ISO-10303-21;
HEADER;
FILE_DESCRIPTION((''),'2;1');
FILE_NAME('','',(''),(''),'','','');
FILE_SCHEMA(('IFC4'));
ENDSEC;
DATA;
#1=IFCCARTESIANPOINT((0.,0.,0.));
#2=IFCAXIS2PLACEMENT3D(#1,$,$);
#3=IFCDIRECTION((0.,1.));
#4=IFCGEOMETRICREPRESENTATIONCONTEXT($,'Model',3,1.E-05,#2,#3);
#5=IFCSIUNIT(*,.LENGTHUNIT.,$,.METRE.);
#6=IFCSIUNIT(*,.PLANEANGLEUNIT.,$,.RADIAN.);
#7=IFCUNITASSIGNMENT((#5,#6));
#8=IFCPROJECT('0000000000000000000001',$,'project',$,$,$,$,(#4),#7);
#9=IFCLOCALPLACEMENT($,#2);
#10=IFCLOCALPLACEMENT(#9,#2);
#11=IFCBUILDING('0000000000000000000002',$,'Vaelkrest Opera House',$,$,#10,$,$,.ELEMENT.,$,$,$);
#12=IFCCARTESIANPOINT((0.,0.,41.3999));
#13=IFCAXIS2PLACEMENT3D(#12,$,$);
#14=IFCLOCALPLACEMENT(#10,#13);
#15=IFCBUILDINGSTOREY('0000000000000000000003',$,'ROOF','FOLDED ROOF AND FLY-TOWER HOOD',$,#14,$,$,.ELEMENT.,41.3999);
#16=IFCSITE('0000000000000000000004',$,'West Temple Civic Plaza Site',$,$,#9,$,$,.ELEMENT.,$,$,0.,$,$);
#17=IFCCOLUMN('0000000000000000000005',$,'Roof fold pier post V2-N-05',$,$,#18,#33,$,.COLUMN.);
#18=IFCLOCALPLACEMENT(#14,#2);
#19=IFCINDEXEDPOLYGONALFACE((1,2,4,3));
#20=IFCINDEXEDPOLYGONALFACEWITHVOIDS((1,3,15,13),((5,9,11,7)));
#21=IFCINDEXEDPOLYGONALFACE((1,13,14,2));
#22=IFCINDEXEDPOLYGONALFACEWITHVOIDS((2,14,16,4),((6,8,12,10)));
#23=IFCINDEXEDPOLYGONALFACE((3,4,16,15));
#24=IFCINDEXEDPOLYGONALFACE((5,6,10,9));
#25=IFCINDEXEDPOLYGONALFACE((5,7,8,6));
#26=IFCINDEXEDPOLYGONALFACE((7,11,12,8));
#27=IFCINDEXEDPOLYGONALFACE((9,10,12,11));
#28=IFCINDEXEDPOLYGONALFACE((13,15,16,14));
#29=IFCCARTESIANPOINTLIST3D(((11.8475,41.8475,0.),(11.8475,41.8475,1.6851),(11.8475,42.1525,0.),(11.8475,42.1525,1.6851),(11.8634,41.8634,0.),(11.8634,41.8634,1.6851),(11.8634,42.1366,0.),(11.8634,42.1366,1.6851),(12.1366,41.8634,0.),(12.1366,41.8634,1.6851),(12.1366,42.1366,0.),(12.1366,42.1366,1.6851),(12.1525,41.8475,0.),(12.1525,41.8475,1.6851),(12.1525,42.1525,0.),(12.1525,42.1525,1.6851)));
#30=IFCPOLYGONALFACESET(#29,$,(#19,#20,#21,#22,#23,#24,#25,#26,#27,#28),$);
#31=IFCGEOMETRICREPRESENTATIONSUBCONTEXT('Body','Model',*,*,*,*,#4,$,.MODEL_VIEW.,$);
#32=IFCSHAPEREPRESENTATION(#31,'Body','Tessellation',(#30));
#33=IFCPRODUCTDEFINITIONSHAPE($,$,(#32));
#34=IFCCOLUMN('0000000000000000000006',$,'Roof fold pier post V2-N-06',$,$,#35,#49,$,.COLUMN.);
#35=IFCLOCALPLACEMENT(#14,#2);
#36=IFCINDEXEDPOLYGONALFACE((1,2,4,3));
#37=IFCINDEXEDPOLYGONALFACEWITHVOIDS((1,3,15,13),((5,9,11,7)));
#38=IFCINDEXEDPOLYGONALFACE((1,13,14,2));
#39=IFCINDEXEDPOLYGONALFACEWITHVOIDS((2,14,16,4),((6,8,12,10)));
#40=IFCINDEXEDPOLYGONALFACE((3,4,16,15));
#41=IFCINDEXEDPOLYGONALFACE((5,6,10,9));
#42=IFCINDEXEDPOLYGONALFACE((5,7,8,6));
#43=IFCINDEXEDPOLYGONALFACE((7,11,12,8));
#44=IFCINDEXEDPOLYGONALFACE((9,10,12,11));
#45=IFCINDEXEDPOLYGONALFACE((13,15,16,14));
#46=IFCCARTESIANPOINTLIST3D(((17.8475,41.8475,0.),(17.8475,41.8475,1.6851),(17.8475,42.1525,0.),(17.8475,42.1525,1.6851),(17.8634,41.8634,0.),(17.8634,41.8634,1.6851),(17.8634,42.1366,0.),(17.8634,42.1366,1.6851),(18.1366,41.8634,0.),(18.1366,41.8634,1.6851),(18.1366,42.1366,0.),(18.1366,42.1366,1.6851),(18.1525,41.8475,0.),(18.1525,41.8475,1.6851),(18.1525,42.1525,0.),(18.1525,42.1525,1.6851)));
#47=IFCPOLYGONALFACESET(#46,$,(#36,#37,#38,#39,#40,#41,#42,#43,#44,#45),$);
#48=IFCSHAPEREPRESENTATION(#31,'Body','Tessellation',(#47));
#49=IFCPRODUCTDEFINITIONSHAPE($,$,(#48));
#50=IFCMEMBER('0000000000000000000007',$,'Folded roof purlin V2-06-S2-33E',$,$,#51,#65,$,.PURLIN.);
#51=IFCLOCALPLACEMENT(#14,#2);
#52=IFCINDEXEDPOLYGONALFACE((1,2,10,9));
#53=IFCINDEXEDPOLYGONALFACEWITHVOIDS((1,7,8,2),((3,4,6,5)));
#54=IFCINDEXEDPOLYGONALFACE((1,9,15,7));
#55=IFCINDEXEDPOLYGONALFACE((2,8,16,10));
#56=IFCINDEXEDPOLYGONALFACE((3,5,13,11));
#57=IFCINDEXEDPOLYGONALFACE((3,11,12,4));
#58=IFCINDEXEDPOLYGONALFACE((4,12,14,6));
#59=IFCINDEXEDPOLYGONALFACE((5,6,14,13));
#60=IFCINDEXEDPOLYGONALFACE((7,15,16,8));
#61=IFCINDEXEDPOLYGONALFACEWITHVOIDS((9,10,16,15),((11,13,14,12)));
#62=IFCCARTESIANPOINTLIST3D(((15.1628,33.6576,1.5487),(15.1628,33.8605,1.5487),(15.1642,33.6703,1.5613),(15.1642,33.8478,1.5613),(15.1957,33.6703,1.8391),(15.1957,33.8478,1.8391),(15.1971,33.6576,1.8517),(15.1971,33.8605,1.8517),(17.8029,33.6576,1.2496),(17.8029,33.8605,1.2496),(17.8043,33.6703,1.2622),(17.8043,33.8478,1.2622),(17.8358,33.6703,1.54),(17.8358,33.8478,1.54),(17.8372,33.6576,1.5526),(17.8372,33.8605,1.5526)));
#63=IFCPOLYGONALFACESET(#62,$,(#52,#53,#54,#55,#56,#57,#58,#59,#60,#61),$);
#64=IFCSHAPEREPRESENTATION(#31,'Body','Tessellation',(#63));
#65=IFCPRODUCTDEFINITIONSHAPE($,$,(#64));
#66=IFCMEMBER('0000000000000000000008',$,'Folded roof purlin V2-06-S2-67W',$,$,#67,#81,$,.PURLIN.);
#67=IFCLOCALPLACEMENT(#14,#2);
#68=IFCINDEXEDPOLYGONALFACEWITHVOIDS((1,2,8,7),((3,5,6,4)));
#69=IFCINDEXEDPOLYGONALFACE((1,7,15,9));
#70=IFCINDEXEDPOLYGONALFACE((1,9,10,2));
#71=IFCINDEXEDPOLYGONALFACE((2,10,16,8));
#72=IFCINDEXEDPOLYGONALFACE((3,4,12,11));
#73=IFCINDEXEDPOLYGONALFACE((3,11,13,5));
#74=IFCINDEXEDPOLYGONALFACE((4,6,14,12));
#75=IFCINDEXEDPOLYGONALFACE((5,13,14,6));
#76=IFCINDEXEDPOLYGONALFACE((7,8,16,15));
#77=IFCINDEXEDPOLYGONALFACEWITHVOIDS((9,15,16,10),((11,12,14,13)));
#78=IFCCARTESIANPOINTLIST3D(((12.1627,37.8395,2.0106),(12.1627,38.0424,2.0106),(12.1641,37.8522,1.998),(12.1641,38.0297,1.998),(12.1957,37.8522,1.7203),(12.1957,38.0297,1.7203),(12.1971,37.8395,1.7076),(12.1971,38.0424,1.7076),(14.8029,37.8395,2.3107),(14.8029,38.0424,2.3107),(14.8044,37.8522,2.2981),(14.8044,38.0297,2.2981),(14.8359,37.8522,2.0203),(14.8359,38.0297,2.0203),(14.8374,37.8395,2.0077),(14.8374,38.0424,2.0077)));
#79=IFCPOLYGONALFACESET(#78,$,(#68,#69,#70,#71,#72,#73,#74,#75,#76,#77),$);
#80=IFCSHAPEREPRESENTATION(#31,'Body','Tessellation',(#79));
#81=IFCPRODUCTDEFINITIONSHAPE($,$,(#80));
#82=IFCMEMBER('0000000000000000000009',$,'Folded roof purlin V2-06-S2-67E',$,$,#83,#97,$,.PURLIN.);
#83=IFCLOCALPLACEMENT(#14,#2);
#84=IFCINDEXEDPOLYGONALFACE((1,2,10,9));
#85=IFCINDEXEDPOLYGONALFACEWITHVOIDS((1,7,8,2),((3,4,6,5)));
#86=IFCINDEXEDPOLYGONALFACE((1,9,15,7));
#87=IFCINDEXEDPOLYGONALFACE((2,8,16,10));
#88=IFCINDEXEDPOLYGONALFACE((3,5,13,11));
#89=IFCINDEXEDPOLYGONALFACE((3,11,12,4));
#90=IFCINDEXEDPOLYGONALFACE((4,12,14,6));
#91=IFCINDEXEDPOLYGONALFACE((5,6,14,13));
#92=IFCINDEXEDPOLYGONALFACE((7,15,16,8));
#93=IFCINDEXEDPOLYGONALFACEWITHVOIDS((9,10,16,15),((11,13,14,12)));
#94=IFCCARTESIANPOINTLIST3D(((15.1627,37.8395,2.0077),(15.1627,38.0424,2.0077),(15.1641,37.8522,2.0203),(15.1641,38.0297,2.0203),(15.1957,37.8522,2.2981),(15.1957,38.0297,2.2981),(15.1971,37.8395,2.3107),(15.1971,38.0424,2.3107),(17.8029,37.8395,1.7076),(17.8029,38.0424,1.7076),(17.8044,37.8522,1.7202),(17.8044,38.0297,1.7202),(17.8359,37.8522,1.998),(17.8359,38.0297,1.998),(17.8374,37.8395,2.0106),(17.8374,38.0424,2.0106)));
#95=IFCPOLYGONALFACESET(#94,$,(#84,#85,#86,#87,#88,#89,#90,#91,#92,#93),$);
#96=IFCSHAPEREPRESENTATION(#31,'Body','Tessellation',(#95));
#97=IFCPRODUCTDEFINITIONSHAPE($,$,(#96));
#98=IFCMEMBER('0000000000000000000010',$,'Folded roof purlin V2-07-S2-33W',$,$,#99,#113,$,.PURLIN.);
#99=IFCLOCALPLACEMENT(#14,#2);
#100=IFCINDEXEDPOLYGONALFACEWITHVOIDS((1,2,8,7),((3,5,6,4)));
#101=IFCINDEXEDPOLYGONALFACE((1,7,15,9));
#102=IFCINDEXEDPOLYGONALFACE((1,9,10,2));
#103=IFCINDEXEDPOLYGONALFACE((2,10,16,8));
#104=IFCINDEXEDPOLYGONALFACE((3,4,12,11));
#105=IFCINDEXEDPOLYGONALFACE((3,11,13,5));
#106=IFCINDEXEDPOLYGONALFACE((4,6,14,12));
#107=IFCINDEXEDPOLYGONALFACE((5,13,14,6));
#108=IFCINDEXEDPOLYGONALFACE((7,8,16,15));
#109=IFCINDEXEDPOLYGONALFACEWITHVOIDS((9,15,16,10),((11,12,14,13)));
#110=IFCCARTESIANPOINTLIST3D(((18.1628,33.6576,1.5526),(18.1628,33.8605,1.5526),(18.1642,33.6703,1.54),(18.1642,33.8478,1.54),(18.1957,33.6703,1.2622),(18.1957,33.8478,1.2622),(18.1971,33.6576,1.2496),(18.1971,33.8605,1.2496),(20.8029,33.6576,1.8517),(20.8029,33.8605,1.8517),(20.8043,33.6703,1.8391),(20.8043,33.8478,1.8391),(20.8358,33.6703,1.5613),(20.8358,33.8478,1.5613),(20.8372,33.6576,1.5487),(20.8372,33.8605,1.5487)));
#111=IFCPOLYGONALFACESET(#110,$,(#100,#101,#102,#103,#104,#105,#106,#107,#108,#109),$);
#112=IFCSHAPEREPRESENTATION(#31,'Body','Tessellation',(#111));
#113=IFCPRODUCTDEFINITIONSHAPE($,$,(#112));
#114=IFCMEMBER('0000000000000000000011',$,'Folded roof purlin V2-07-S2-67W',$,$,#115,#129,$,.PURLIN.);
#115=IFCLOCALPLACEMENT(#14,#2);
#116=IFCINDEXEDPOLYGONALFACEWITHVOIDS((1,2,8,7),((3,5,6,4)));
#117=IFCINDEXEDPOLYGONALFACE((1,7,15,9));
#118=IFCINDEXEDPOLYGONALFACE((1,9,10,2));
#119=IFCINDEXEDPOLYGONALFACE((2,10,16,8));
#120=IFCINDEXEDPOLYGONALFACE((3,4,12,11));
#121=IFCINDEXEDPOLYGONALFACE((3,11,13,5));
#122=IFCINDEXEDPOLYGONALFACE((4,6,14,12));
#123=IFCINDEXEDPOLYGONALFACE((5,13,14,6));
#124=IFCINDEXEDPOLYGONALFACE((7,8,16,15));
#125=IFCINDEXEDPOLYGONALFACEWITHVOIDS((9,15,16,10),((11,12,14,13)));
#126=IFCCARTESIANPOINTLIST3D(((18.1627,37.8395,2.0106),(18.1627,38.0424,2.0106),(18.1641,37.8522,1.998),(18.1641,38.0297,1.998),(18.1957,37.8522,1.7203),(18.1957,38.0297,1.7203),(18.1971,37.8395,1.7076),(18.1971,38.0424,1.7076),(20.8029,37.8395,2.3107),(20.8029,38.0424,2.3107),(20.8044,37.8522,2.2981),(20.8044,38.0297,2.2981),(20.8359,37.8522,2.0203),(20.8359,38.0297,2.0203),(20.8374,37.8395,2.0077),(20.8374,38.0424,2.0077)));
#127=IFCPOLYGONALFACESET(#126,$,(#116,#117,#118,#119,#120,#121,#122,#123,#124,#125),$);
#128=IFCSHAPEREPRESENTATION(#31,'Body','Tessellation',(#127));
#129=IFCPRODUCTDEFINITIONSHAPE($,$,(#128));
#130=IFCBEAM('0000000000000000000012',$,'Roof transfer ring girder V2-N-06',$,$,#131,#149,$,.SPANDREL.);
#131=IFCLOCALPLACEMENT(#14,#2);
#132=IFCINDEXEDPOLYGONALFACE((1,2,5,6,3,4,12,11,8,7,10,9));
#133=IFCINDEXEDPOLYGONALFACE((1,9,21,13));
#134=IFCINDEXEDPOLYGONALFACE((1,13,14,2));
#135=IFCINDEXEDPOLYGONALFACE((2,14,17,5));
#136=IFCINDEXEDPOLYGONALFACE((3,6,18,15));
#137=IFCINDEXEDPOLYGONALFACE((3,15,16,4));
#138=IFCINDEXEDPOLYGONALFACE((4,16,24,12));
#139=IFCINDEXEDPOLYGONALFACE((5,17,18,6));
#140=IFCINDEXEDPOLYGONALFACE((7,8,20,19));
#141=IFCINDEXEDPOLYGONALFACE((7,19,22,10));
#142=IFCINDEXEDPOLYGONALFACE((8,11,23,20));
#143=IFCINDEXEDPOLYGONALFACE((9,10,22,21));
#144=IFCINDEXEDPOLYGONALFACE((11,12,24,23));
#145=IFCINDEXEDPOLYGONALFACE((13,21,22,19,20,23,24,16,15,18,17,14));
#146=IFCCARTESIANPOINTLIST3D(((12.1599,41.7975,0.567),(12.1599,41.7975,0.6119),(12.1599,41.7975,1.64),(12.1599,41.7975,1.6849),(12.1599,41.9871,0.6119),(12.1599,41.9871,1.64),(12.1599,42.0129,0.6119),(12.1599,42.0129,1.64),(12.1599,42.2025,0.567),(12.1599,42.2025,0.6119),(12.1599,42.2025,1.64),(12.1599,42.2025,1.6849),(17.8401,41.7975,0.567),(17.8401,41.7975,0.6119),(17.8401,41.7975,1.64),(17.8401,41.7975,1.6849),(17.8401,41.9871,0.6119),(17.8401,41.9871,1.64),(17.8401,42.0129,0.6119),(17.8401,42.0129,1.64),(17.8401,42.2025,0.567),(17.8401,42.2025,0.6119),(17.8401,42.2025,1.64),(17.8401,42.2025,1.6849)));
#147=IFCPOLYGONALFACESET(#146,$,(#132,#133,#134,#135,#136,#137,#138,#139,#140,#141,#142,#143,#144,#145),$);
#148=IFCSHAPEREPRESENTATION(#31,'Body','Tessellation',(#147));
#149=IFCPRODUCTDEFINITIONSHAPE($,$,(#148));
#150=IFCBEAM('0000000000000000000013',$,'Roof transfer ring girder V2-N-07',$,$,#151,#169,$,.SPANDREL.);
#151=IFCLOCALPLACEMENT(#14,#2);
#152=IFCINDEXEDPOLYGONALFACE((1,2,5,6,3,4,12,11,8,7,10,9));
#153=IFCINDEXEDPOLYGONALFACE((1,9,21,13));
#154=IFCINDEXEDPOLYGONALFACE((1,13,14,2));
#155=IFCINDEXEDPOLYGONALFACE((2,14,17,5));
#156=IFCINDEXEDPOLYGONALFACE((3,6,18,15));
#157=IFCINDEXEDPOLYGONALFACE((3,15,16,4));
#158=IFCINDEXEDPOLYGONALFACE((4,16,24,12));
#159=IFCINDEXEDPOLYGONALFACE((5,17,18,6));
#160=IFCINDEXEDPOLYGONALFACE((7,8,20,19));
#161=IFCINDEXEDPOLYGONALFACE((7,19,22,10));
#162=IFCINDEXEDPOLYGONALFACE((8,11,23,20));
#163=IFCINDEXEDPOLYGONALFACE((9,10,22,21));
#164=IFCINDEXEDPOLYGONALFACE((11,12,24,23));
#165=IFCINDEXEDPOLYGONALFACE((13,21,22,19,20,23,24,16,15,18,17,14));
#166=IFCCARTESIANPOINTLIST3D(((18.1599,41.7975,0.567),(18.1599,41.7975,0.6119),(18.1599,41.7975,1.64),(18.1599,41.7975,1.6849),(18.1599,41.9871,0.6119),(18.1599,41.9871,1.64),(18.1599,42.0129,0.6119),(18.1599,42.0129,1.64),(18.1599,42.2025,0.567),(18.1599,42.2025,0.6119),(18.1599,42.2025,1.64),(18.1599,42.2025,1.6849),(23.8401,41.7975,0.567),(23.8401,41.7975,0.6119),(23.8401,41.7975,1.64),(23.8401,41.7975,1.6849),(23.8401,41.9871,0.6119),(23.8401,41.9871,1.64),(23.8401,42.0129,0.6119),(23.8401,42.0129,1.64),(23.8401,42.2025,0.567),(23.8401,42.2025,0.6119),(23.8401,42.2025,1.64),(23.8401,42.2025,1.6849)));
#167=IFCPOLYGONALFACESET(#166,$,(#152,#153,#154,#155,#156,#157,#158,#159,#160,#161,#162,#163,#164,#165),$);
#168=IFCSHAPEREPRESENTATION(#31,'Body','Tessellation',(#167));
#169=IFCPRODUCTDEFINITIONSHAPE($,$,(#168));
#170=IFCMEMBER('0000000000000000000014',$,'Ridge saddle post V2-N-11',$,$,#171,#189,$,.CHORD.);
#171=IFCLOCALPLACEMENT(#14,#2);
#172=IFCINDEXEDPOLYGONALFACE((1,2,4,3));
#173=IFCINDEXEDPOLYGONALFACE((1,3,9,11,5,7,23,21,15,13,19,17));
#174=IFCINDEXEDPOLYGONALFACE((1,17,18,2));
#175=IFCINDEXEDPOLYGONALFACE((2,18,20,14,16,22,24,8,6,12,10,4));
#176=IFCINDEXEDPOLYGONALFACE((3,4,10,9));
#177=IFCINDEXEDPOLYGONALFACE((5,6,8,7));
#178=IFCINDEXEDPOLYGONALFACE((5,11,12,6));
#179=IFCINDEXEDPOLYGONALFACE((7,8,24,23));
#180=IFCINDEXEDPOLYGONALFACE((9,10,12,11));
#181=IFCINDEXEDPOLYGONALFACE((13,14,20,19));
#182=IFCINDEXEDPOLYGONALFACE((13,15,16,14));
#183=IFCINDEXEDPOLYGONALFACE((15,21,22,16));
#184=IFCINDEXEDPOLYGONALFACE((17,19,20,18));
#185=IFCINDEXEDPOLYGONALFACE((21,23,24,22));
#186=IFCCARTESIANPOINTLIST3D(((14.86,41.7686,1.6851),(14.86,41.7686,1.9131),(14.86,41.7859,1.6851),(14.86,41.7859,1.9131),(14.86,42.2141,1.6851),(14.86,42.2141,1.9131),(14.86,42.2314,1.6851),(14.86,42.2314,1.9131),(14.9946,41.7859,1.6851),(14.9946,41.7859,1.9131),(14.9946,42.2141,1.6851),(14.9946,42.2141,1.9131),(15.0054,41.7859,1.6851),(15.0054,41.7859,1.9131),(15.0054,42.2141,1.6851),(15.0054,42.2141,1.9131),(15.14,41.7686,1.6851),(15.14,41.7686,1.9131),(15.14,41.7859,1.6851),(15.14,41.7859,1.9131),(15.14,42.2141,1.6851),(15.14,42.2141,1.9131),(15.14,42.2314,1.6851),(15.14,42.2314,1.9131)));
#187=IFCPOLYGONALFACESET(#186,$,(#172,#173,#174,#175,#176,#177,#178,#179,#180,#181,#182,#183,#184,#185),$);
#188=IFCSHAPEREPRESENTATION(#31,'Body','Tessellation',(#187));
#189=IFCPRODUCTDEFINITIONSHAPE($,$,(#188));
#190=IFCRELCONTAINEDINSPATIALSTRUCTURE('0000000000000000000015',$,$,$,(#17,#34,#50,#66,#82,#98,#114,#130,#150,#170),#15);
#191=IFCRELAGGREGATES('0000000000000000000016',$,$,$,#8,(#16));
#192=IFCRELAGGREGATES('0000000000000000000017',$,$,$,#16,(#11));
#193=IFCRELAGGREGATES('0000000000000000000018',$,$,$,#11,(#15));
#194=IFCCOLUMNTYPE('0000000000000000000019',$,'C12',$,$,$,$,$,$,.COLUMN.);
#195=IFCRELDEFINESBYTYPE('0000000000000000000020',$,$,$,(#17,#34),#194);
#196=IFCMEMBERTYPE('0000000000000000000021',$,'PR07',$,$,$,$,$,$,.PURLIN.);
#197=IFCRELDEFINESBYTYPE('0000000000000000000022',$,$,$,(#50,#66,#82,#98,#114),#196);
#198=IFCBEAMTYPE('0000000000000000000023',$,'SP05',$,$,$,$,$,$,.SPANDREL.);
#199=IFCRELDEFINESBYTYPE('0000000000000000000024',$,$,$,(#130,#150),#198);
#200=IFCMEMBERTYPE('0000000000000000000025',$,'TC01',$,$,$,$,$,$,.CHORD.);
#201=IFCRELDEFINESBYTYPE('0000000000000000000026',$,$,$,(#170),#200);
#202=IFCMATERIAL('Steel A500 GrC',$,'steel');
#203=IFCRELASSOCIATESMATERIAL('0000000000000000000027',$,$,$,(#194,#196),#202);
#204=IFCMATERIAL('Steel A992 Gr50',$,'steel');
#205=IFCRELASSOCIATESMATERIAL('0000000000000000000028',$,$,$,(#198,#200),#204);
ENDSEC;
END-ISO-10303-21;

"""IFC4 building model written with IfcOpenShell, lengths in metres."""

from ifc_helpers import new_model, si_unit, direction, frame, origin, origin_2d, place, context, subcontext, project, spatial, hollow_rectangle, i_section, extrude, material, material_profile, profile_set, type_object, element, save


model = new_model("IFC4")

# Units and contexts
model_context = context("Model", 3, precision=1e-05, world=origin(), true_north=direction((0.0, 1.0)))
body_context = subcontext(model_context, "Body", "Model", "MODEL_VIEW")
ifc_project = project(units=[si_unit("LENGTHUNIT", "METRE"), si_unit("PLANEANGLEUNIT", "RADIAN")], contexts=[model_context])

# Site, building, storey
site_placement = place(None, origin())
site = spatial("IfcSite", under=ifc_project, at=site_placement, Name="West Temple Civic Plaza Site", CompositionType="ELEMENT", RefElevation=0.0)
building_placement = place(site_placement, origin())
building = spatial("IfcBuilding", under=site, at=building_placement, Name="Vaelkrest Opera House", CompositionType="ELEMENT")
storey_placement = place(building_placement, frame((0.0, 0.0, 41.3999)))
storey = spatial("IfcBuildingStorey", under=building, at=storey_placement, Name="ROOF", Description="FOLDED ROOF AND FLY-TOWER HOOD", CompositionType="ELEMENT", Elevation=41.3999)

# Columns
ifc_material_1 = material(Name="Steel A500 GrC", Category="steel")
ifc_material_profile_1 = material_profile(ifc_material_1, hollow_rectangle(XDim=0.3049, YDim=0.3049, WallThickness=0.0159, at=origin_2d()), Name="HSS305X305X15.9")
ifc_profile_set_1 = profile_set([ifc_material_profile_1], Name="Steel A500 GrC")
column_type = type_object("IfcColumnType", Name="C12", PredefinedType="COLUMN", material=ifc_profile_set_1)
for number, where, z_axis, x_axis, name in (
    (1, (12.0, 42.0, 0.0), (0.0, 0.0, 1.0), (1.0, 0.0, 0.0), "Roof fold pier post V2-N-05"),
    (2, (18.0, 42.0, 0.0), (0.0, 0.0, 1.0), (1.0, 0.0, 0.0), "Roof fold pier post V2-N-06"),
):
    element("IfcColumn", number, at=place(storey_placement, frame(where, z_axis=z_axis, x_axis=x_axis)), inside=storey, type_object=column_type, Name=name, PredefinedType="COLUMN", context=body_context, shape_type="SweptSolid", body=[
        extrude(hollow_rectangle(XDim=0.3049, YDim=0.3049, WallThickness=0.0159, at=origin_2d()), origin(), (0.0, 0.0, 1.0), 1.6851),
    ])

# Members
ifc_material_profile_2 = material_profile(ifc_material_1, hollow_rectangle(XDim=0.2029, YDim=0.3049, WallThickness=0.0127, at=origin_2d()), Name="HSS305X203X12.7")
ifc_profile_set_2 = profile_set([ifc_material_profile_2], Name="Steel A500 GrC")
member_type_1 = type_object("IfcMemberType", Name="PR07", PredefinedType="PURLIN", material=ifc_profile_set_2)
member_1_placement = place(storey_placement, frame((15.1799, 33.759, 1.7002), z_axis=(0.993645, 0.0, -0.112559), x_axis=(0.0, 1.0, 0.0)))
element("IfcMember", 3, at=member_1_placement, inside=storey, type_object=member_type_1, Name="Folded roof purlin V2-06-S2-33E", PredefinedType="PURLIN", context=body_context, shape_type="SweptSolid", body=[
    extrude(hollow_rectangle(XDim=0.2029, YDim=0.3049, WallThickness=0.0127, at=origin_2d()), origin(), (0.0, 0.0, 1.0), 2.657),
])
for number, where, z_axis, x_axis, name in (
    (4, (12.1799, 37.9409, 1.8591), (0.993604, 0.0, 0.112922), (0.0, 1.0, 0.0), "Folded roof purlin V2-06-S2-67W"),
    (5, (15.1799, 37.9409, 2.1592), (0.993604, 0.0, -0.112922), (0.0, 1.0, 0.0), "Folded roof purlin V2-06-S2-67E"),
):
    element("IfcMember", number, at=place(storey_placement, frame(where, z_axis=z_axis, x_axis=x_axis)), inside=storey, type_object=member_type_1, Name=name, PredefinedType="PURLIN", context=body_context, shape_type="SweptSolid", body=[
        extrude(hollow_rectangle(XDim=0.2029, YDim=0.3049, WallThickness=0.0127, at=origin_2d()), origin(), (0.0, 0.0, 1.0), 2.6572),
    ])
member_2_placement = place(storey_placement, frame((18.1799, 33.759, 1.4011), z_axis=(0.993645, 0.0, 0.112559), x_axis=(0.0, 1.0, 0.0)))
element("IfcMember", 6, at=member_2_placement, inside=storey, type_object=member_type_1, Name="Folded roof purlin V2-07-S2-33W", PredefinedType="PURLIN", context=body_context, shape_type="SweptSolid", body=[
    extrude(hollow_rectangle(XDim=0.2029, YDim=0.3049, WallThickness=0.0127, at=origin_2d()), origin(), (0.0, 0.0, 1.0), 2.657),
])
member_3_placement = place(storey_placement, frame((18.1799, 37.9409, 1.8591), z_axis=(0.993604, 0.0, 0.112922), x_axis=(0.0, 1.0, 0.0)))
element("IfcMember", 7, at=member_3_placement, inside=storey, type_object=member_type_1, Name="Folded roof purlin V2-07-S2-67W", PredefinedType="PURLIN", context=body_context, shape_type="SweptSolid", body=[
    extrude(hollow_rectangle(XDim=0.2029, YDim=0.3049, WallThickness=0.0127, at=origin_2d()), origin(), (0.0, 0.0, 1.0), 2.6572),
])

# Beams
ifc_material_2 = material(Name="Steel A992 Gr50", Category="steel")
ifc_material_profile_3 = material_profile(ifc_material_2, i_section(OverallWidth=0.405, OverallDepth=1.1179, WebThickness=0.0259, FlangeThickness=0.0449, at=origin_2d()), Name="W44X335")
ifc_profile_set_3 = profile_set([ifc_material_profile_3], Name="Steel A992 Gr50")
beam_type = type_object("IfcBeamType", Name="SP05", PredefinedType="SPANDREL", material=ifc_profile_set_3)
for number, where, z_axis, x_axis, name in (
    (8, (12.1599, 42.0, 1.126), (1.0, 0.0, 0.0), (0.0, 1.0, 0.0), "Roof transfer ring girder V2-N-06"),
    (9, (18.1599, 42.0, 1.126), (1.0, 0.0, 0.0), (0.0, 1.0, 0.0), "Roof transfer ring girder V2-N-07"),
):
    element("IfcBeam", number, at=place(storey_placement, frame(where, z_axis=z_axis, x_axis=x_axis)), inside=storey, type_object=beam_type, Name=name, PredefinedType="SPANDREL", context=body_context, shape_type="SweptSolid", body=[
        extrude(i_section(OverallWidth=0.405, OverallDepth=1.1179, WebThickness=0.0259, FlangeThickness=0.0449, at=origin_2d()), origin(), (0.0, 0.0, 1.0), 5.6802),
    ])

# Member
ifc_material_profile_4 = material_profile(ifc_material_2, i_section(OverallWidth=0.28, OverallDepth=0.4629, WebThickness=0.0107, FlangeThickness=0.0173, at=origin_2d()), Name="W18X76")
ifc_profile_set_4 = profile_set([ifc_material_profile_4], Name="Steel A992 Gr50")
member_type_2 = type_object("IfcMemberType", Name="TC01", PredefinedType="CHORD", material=ifc_profile_set_4)
member_4_placement = place(storey_placement, frame((15.0, 42.0, 1.6851), z_axis=(0.0, 0.0, 1.0), x_axis=(1.0, 0.0, 0.0)))
element("IfcMember", 10, at=member_4_placement, inside=storey, type_object=member_type_2, Name="Ridge saddle post V2-N-11", PredefinedType="CHORD", context=body_context, shape_type="SweptSolid", body=[
    extrude(i_section(OverallWidth=0.28, OverallDepth=0.4629, WebThickness=0.0107, FlangeThickness=0.0173, at=origin_2d()), origin(), (0.0, 0.0, 1.0), 0.228),
])

save(model, "model.ifc")
